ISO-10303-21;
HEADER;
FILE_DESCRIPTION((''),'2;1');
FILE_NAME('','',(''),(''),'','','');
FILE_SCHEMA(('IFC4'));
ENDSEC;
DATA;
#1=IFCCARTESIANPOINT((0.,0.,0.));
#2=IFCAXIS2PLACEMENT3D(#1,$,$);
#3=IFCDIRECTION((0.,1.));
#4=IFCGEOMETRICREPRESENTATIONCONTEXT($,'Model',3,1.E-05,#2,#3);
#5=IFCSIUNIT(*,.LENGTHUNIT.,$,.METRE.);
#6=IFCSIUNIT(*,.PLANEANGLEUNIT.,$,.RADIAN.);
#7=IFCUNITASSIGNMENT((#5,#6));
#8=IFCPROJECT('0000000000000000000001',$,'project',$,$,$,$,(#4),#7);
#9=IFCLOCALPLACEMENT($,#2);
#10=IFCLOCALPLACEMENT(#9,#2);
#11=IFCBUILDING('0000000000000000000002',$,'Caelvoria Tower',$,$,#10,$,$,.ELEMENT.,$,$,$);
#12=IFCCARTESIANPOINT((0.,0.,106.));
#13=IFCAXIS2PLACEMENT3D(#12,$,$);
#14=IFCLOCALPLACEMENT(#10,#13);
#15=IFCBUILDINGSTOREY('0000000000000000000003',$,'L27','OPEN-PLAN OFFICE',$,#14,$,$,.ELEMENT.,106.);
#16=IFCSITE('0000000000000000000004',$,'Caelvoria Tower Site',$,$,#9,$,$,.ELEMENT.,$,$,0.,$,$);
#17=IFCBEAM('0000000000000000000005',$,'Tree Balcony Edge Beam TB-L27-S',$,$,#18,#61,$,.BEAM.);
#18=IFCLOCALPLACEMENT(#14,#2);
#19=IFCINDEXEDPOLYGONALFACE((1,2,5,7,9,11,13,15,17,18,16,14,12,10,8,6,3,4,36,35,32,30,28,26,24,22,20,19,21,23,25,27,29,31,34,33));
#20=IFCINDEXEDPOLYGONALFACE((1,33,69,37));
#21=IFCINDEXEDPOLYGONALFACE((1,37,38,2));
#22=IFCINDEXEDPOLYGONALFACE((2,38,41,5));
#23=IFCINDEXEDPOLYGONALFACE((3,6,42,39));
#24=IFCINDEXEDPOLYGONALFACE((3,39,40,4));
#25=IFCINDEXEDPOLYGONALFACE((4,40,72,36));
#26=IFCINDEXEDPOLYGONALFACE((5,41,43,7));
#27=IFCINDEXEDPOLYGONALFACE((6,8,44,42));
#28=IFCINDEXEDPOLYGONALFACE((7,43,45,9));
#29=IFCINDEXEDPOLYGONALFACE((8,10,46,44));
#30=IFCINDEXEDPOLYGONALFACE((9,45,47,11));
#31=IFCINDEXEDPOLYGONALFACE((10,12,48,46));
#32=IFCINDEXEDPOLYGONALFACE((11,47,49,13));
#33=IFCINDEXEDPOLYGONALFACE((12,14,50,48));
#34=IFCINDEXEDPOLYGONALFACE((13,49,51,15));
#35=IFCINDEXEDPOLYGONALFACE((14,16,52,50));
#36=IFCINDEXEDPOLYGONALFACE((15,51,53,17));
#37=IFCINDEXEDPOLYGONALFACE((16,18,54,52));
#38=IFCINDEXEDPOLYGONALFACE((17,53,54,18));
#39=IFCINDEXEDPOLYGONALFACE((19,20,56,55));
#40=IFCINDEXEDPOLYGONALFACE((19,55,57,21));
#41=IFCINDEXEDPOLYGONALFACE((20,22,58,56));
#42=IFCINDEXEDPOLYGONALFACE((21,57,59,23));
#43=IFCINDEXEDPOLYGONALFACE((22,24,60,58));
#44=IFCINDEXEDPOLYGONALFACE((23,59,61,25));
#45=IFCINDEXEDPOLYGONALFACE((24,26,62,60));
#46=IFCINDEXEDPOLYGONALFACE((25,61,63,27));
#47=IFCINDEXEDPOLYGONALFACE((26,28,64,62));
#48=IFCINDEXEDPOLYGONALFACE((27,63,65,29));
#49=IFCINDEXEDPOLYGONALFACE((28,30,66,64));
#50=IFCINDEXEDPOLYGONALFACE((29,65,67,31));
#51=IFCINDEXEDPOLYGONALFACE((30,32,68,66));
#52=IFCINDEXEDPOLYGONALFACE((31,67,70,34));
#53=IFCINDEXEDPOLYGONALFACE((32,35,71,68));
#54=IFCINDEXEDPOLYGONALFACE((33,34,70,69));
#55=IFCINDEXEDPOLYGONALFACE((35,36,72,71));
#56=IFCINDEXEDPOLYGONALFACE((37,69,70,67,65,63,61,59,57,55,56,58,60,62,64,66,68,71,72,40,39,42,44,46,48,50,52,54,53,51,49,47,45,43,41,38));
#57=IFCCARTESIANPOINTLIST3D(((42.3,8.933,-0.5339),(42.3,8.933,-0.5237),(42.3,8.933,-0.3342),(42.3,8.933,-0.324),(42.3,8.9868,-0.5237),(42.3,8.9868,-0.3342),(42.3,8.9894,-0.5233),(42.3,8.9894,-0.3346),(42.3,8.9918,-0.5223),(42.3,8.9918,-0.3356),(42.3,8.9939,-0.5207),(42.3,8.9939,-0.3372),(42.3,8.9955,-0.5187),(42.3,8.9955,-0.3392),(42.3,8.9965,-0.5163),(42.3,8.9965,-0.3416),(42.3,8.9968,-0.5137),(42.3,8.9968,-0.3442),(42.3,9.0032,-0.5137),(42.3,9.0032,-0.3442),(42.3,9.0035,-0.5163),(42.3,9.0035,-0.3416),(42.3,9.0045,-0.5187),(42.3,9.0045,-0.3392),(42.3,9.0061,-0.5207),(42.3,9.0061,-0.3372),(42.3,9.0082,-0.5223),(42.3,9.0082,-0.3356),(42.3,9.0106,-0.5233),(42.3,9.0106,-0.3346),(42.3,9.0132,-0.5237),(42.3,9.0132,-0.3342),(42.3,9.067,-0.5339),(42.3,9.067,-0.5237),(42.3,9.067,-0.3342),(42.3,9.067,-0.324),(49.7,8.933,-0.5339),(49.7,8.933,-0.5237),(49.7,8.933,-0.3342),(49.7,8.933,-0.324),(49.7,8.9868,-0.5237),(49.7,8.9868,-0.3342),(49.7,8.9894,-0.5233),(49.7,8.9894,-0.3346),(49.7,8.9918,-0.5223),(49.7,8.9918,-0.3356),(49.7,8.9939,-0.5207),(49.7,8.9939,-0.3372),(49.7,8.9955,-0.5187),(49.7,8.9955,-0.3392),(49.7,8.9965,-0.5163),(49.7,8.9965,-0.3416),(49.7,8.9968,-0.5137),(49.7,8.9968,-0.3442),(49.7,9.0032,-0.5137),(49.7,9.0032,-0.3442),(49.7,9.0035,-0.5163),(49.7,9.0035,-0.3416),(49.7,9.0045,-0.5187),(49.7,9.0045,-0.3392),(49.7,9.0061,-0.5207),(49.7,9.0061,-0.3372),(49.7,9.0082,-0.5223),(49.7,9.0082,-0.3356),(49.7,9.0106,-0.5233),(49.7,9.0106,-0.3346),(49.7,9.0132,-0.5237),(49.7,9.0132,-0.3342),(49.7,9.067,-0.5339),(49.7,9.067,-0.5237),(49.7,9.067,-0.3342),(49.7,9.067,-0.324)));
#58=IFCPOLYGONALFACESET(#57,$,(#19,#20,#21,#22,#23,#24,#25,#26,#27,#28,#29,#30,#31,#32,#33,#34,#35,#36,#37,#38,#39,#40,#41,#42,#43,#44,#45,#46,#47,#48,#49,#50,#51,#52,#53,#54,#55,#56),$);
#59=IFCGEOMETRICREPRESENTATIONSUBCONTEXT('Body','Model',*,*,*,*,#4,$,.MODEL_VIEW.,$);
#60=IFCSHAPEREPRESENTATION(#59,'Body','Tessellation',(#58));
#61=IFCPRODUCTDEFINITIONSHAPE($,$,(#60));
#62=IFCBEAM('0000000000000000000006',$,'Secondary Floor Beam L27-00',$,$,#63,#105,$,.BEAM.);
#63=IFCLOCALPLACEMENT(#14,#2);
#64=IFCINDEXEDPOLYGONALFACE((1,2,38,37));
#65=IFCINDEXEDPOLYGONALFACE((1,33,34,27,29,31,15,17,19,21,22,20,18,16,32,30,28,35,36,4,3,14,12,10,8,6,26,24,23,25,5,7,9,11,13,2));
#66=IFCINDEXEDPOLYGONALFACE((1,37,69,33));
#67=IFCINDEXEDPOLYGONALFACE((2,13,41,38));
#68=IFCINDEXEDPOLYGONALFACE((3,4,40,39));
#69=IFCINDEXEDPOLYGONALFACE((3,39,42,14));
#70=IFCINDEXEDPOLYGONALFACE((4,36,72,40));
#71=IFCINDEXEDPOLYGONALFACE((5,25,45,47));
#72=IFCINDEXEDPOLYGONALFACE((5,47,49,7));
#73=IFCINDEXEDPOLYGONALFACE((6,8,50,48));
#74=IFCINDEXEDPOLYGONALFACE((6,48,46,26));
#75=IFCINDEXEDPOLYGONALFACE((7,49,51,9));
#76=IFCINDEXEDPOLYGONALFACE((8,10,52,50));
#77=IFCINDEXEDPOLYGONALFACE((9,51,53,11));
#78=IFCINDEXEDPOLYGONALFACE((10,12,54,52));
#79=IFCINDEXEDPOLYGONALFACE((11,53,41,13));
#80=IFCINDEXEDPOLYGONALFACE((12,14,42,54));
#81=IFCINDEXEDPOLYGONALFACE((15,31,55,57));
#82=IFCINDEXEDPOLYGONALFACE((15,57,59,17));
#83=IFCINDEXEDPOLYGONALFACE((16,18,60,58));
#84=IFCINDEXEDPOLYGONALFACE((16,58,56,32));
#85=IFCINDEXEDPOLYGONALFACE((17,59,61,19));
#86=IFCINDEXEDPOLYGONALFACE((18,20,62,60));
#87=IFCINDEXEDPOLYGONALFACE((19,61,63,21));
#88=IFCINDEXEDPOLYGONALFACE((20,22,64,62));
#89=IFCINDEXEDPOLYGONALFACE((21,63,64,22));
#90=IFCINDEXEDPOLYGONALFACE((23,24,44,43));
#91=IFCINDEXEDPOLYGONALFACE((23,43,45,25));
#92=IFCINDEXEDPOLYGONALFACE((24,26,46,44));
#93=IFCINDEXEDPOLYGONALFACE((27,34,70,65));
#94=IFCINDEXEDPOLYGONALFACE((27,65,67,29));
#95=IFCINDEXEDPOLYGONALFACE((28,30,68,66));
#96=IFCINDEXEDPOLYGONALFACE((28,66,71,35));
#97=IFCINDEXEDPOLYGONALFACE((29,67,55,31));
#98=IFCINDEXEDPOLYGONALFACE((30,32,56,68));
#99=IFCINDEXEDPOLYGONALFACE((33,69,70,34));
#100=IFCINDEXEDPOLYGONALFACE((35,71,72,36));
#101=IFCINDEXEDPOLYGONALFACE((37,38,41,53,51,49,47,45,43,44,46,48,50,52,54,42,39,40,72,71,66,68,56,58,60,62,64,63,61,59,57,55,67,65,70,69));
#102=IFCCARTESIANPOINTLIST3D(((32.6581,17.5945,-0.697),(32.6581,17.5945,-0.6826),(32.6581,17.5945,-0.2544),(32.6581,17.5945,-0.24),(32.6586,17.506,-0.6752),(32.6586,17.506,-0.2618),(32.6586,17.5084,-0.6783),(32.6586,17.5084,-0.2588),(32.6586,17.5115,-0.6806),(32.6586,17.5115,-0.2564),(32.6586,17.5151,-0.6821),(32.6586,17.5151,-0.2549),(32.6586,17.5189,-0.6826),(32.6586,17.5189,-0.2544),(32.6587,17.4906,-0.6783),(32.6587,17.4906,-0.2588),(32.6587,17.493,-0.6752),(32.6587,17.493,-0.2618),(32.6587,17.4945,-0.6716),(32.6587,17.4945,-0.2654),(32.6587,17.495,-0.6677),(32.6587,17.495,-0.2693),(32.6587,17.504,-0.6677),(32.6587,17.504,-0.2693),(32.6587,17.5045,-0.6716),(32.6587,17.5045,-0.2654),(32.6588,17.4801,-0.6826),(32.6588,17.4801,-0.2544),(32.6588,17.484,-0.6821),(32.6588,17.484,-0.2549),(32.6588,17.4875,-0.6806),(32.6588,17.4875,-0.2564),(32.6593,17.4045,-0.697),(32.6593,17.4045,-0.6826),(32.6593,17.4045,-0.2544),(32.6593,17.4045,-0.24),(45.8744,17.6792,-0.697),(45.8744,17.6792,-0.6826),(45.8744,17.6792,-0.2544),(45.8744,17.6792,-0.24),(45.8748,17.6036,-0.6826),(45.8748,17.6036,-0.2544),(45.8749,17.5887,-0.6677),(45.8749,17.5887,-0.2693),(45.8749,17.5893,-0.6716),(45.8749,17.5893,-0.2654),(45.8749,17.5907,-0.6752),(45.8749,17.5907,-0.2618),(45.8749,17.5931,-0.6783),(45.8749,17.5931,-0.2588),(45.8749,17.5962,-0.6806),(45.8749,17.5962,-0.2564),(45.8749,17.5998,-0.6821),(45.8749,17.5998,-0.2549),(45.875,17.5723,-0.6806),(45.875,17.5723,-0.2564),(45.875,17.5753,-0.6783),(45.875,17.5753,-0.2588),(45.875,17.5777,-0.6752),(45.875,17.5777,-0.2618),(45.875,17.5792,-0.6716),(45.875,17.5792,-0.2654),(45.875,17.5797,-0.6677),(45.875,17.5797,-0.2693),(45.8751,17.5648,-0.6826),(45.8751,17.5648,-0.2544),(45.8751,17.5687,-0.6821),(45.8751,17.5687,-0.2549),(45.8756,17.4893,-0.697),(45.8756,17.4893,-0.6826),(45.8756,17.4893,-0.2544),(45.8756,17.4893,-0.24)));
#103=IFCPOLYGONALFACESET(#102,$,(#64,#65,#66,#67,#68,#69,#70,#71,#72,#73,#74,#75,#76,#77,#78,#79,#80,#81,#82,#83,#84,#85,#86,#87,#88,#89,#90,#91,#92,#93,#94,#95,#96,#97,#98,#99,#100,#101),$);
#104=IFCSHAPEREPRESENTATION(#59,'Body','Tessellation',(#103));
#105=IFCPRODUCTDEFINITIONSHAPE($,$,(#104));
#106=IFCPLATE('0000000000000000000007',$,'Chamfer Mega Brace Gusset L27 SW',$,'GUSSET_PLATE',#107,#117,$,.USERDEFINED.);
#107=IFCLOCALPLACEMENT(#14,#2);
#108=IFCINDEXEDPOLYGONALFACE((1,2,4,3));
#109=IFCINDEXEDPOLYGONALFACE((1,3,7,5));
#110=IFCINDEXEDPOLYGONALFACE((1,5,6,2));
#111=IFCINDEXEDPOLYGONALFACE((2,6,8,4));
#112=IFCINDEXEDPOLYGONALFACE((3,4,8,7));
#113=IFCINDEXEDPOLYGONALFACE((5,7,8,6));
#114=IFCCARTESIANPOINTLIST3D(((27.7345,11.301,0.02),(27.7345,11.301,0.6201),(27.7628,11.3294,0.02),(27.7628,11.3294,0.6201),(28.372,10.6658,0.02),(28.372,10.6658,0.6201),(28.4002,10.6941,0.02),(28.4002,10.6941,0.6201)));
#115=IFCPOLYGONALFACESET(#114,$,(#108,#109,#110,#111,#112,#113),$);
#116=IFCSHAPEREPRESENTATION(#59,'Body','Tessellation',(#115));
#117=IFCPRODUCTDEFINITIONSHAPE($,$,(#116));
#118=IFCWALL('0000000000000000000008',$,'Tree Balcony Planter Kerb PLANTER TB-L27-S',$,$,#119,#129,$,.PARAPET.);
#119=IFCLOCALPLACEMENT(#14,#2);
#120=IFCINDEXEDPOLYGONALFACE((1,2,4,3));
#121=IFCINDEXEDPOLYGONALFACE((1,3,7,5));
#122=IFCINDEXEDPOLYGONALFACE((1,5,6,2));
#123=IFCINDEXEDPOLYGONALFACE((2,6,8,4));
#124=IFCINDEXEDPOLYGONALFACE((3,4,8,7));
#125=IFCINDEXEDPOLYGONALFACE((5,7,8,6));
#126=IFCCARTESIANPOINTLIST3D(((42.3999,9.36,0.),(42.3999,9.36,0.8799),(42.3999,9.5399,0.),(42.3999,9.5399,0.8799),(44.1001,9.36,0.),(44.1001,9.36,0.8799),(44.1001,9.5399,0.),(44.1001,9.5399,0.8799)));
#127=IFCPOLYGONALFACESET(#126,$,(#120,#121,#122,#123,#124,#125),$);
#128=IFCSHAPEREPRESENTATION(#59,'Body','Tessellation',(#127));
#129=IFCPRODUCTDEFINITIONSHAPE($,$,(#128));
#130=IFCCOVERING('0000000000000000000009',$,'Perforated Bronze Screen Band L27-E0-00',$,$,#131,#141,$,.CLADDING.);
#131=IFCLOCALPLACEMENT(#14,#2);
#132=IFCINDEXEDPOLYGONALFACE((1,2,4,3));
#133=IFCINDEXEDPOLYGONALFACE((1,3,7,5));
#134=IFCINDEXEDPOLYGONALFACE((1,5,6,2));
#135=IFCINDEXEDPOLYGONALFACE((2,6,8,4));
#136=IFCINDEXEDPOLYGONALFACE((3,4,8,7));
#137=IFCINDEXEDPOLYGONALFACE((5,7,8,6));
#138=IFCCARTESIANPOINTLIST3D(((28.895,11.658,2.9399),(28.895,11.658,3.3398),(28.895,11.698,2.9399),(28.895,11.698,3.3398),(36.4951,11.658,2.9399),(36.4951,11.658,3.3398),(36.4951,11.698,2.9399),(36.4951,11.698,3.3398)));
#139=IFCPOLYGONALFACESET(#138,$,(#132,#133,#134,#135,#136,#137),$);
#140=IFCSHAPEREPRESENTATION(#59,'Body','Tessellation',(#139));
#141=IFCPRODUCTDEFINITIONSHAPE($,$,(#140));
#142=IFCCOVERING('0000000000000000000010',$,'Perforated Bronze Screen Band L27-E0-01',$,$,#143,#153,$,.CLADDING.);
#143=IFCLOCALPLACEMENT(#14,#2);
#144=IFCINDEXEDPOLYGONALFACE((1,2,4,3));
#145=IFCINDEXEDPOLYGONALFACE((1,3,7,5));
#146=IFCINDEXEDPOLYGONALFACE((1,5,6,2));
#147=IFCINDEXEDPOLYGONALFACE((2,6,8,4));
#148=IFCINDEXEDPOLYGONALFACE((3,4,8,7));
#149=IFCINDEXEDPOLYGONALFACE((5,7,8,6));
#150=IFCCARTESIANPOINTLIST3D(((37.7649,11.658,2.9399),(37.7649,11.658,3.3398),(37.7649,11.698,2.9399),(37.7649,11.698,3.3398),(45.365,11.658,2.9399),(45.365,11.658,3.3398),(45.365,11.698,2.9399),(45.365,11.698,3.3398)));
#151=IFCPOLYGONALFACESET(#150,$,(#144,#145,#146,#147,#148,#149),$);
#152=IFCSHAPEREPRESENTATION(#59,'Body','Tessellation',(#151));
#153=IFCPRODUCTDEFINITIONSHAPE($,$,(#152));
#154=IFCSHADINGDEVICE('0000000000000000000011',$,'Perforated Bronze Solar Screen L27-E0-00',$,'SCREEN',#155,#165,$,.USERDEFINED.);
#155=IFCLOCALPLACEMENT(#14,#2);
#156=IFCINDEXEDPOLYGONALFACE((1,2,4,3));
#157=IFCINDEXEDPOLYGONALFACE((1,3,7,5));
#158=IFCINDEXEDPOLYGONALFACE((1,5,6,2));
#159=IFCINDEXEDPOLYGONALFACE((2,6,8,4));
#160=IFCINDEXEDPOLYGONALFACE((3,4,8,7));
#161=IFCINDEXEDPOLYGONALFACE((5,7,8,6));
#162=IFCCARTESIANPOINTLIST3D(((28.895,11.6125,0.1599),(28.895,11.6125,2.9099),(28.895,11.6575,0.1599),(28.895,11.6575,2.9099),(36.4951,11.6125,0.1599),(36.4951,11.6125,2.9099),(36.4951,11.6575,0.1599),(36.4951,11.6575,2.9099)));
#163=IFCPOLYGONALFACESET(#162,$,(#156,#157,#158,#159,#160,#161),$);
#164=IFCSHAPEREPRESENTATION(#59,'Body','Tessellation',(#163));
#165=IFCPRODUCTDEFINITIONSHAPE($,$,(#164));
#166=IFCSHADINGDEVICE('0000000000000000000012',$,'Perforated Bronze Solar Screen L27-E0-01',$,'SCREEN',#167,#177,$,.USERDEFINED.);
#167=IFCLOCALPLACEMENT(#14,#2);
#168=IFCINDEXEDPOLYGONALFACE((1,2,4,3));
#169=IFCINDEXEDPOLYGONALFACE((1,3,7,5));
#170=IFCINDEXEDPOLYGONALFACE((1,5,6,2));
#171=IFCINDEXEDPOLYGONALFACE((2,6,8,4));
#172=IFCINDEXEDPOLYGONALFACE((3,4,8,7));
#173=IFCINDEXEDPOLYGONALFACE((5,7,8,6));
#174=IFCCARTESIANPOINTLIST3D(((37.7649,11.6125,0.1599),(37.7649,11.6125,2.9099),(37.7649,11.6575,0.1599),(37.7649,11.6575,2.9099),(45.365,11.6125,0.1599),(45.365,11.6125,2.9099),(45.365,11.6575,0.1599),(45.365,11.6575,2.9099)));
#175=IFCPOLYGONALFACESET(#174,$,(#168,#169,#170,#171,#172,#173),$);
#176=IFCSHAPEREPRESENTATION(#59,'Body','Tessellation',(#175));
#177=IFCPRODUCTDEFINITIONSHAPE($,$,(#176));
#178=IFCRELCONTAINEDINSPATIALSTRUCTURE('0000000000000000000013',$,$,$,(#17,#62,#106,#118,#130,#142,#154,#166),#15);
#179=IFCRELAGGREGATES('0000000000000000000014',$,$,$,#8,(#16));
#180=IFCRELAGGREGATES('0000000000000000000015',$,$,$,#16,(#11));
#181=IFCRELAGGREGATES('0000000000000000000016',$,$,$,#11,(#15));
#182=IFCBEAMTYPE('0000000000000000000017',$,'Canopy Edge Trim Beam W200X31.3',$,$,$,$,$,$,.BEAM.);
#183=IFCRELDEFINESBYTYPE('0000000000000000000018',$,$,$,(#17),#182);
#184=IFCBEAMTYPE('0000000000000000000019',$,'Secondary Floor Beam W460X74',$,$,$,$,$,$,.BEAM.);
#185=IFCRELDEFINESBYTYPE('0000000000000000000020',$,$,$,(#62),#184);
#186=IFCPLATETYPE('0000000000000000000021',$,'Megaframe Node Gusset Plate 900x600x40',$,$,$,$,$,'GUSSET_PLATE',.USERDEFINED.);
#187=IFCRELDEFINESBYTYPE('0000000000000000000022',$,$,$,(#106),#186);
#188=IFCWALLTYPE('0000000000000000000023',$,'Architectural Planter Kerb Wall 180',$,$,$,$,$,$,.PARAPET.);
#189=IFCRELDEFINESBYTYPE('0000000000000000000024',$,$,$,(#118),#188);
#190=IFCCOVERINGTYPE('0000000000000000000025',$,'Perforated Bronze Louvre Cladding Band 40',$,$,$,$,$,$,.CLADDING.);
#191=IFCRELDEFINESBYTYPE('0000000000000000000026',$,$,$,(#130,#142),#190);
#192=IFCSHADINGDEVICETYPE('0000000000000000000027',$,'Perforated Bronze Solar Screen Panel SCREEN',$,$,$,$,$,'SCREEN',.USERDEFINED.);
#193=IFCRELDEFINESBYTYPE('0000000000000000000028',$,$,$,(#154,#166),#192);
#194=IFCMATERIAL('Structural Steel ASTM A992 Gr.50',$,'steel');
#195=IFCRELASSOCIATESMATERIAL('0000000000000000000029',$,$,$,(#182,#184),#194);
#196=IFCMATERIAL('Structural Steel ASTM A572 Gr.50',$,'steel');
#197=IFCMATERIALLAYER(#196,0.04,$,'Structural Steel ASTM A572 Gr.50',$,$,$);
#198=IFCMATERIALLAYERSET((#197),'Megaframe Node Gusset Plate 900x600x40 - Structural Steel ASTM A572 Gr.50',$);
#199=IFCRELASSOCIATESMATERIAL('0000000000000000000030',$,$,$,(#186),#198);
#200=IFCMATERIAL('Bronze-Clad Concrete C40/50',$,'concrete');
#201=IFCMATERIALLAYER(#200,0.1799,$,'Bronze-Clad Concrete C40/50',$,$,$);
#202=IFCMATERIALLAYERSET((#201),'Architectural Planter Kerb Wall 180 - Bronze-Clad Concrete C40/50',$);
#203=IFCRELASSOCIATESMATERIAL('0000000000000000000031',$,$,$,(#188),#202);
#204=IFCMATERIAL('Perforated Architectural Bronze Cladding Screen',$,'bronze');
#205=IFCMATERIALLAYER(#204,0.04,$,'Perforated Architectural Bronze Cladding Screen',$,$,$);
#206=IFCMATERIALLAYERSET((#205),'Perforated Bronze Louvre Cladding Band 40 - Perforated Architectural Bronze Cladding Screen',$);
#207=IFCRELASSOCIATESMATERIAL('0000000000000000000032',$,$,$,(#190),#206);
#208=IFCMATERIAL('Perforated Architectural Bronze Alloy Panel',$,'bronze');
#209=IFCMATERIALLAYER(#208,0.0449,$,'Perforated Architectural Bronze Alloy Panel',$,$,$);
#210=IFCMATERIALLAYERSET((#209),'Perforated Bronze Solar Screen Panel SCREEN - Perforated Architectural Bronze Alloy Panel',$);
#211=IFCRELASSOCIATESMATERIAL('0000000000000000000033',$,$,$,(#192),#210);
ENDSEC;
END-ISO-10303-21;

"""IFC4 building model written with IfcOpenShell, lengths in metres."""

from ifc_helpers import new_model, si_unit, direction, frame, frame_2d, origin, origin_2d, place, context, subcontext, project, spatial, rectangle, i_section, extrude, material, layer, layer_set, material_profile, profile_set, type_object, element, save


model = new_model("IFC4")

# Units and contexts
model_context = context("Model", 3, precision=1e-05, world=origin(), true_north=direction((0.0, 1.0)))
body_context = subcontext(model_context, "Body", "Model", "MODEL_VIEW")
ifc_project = project(units=[si_unit("LENGTHUNIT", "METRE"), si_unit("PLANEANGLEUNIT", "RADIAN")], contexts=[model_context])

# Site, building, storey
site_placement = place(None, origin())
site = spatial("IfcSite", under=ifc_project, at=site_placement, Name="Caelvoria Tower Site", CompositionType="ELEMENT", RefElevation=0.0)
building_placement = place(site_placement, origin())
building = spatial("IfcBuilding", under=site, at=building_placement, Name="Caelvoria Tower", CompositionType="ELEMENT")
storey_placement = place(building_placement, frame((0.0, 0.0, 106.0)))
storey = spatial("IfcBuildingStorey", under=building, at=storey_placement, Name="L27", Description="OPEN-PLAN OFFICE", CompositionType="ELEMENT", Elevation=106.0)

# Beams
ifc_material_1 = material(Name="Structural Steel ASTM A992 Gr.50", Category="steel")
ifc_material_profile_1 = material_profile(ifc_material_1, i_section(OverallWidth=0.134, OverallDepth=0.21, WebThickness=0.0063, FlangeThickness=0.0103, FilletRadius=0.01, at=origin_2d()), Name="Structural Steel ASTM A992 Gr.50")
ifc_profile_set_1 = profile_set([ifc_material_profile_1], Name="W200X31.3 - Structural Steel ASTM A992 Gr.50")
beam_type_1 = type_object("IfcBeamType", Name="Canopy Edge Trim Beam W200X31.3", PredefinedType="BEAM", material=ifc_profile_set_1)
beam_1_placement = place(storey_placement, frame((42.3, 9.0, -0.429), z_axis=(1.0, 0.0, 0.0), x_axis=(0.0, 1.0, 0.0)))
element("IfcBeam", 1, at=beam_1_placement, inside=storey, type_object=beam_type_1, Name="Tree Balcony Edge Beam TB-L27-S", PredefinedType="BEAM", context=body_context, shape_type="SweptSolid", body=[
    extrude(i_section(OverallWidth=0.134, OverallDepth=0.21, WebThickness=0.0063, FlangeThickness=0.0103, FilletRadius=0.01, at=origin_2d()), origin(), (0.0, 0.0, 1.0), 7.3999),
])
ifc_material_profile_2 = material_profile(ifc_material_1, i_section(OverallWidth=0.1899, OverallDepth=0.457, WebThickness=0.009, FlangeThickness=0.0144, FilletRadius=0.0149, at=origin_2d()), Name="Structural Steel ASTM A992 Gr.50")
ifc_profile_set_2 = profile_set([ifc_material_profile_2], Name="W460X74 - Structural Steel ASTM A992 Gr.50")
beam_type_2 = type_object("IfcBeamType", Name="Secondary Floor Beam W460X74", PredefinedType="BEAM", material=ifc_profile_set_2)
beam_2_placement = place(storey_placement, frame((32.6587, 17.4995, -0.4685), z_axis=(0.999979, 0.00641, 0.0), x_axis=(-0.00641, 0.999979, 0.0)))
element("IfcBeam", 2, at=beam_2_placement, inside=storey, type_object=beam_type_2, Name="Secondary Floor Beam L27-00", PredefinedType="BEAM", context=body_context, shape_type="SweptSolid", body=[
    extrude(i_section(OverallWidth=0.1899, OverallDepth=0.457, WebThickness=0.009, FlangeThickness=0.0144, FilletRadius=0.0149, at=origin_2d()), origin(), (0.0, 0.0, 1.0), 13.2166),
])

# Plate
ifc_material_2 = material(Name="Structural Steel ASTM A572 Gr.50", Category="steel")
ifc_layer_1 = layer(ifc_material_2, 0.04, Name="Structural Steel ASTM A572 Gr.50")
ifc_layer_set_1 = layer_set([ifc_layer_1], Name="Megaframe Node Gusset Plate 900x600x40 - Structural Steel ASTM A572 Gr.50")
plate_type = type_object("IfcPlateType", Name="Megaframe Node Gusset Plate 900x600x40", ElementType="GUSSET_PLATE", PredefinedType="USERDEFINED", material=ifc_layer_set_1)
plate_placement = place(storey_placement, frame((28.0674, 10.9976, 0.02), z_axis=(0.0, 0.0, 1.0), x_axis=(-0.708308, 0.705904, 0.0)))
element("IfcPlate", 3, at=plate_placement, inside=storey, type_object=plate_type, Name="Chamfer Mega Brace Gusset L27 SW", ObjectType="GUSSET_PLATE", PredefinedType="USERDEFINED", context=body_context, shape_type="SweptSolid", body=[
    extrude(rectangle(XDim=0.8999, YDim=0.04, at=origin_2d()), origin(), (0.0, 0.0, 1.0), 0.6001),
])

# Wall
ifc_material_3 = material(Name="Bronze-Clad Concrete C40/50", Category="concrete")
ifc_layer_2 = layer(ifc_material_3, 0.1799, Name="Bronze-Clad Concrete C40/50")
ifc_layer_set_2 = layer_set([ifc_layer_2], Name="Architectural Planter Kerb Wall 180 - Bronze-Clad Concrete C40/50")
wall_type = type_object("IfcWallType", Name="Architectural Planter Kerb Wall 180", PredefinedType="PARAPET", material=ifc_layer_set_2)
wall_placement = place(storey_placement, frame((42.3999, 9.45, 0.0), z_axis=(0.0, 0.0, 1.0), x_axis=(1.0, 0.0, 0.0)))
element("IfcWall", 4, at=wall_placement, inside=storey, type_object=wall_type, Name="Tree Balcony Planter Kerb PLANTER TB-L27-S", PredefinedType="PARAPET", context=body_context, shape_type="SweptSolid", body=[
    extrude(rectangle(XDim=1.7002, YDim=0.1799, at=frame_2d((0.8501, 0.0))), origin(), (0.0, 0.0, 1.0), 0.8799),
])

# Coverings
ifc_material_4 = material(Name="Perforated Architectural Bronze Cladding Screen", Category="bronze")
ifc_layer_3 = layer(ifc_material_4, 0.04, Name="Perforated Architectural Bronze Cladding Screen")
ifc_layer_set_3 = layer_set([ifc_layer_3], Name="Perforated Bronze Louvre Cladding Band 40 - Perforated Architectural Bronze Cladding Screen")
covering_type = type_object("IfcCoveringType", Name="Perforated Bronze Louvre Cladding Band 40", PredefinedType="CLADDING", material=ifc_layer_set_3)
for number, where, z_axis, x_axis, name in (
    (5, (32.6951, 11.678, 2.9399), (0.0, 0.0, 1.0), (1.0, 0.0, 0.0), "Perforated Bronze Screen Band L27-E0-00"),
    (6, (41.5649, 11.678, 2.9399), (0.0, 0.0, 1.0), (1.0, 0.0, 0.0), "Perforated Bronze Screen Band L27-E0-01"),
):
    element("IfcCovering", number, at=place(storey_placement, frame(where, z_axis=z_axis, x_axis=x_axis)), inside=storey, type_object=covering_type, Name=name, PredefinedType="CLADDING", context=body_context, shape_type="SweptSolid", body=[
        extrude(rectangle(XDim=7.6001, YDim=0.04, at=origin_2d()), origin(), (0.0, 0.0, 1.0), 0.3999),
    ])

# Shading devices
ifc_material_5 = material(Name="Perforated Architectural Bronze Alloy Panel", Category="bronze")
ifc_layer_4 = layer(ifc_material_5, 0.0449, Name="Perforated Architectural Bronze Alloy Panel")
ifc_layer_set_4 = layer_set([ifc_layer_4], Name="Perforated Bronze Solar Screen Panel SCREEN - Perforated Architectural Bronze Alloy Panel")
shading_device_type = type_object("IfcShadingDeviceType", Name="Perforated Bronze Solar Screen Panel SCREEN", ElementType="SCREEN", PredefinedType="USERDEFINED", material=ifc_layer_set_4)
for number, where, z_axis, x_axis, name in (
    (7, (32.6951, 11.635, 0.1599), (0.0, 0.0, 1.0), (1.0, 0.0, 0.0), "Perforated Bronze Solar Screen L27-E0-00"),
    (8, (41.5649, 11.635, 0.1599), (0.0, 0.0, 1.0), (1.0, 0.0, 0.0), "Perforated Bronze Solar Screen L27-E0-01"),
):
    element("IfcShadingDevice", number, at=place(storey_placement, frame(where, z_axis=z_axis, x_axis=x_axis)), inside=storey, type_object=shading_device_type, Name=name, ObjectType="SCREEN", PredefinedType="USERDEFINED", context=body_context, shape_type="SweptSolid", body=[
        extrude(rectangle(XDim=7.6001, YDim=0.0449, at=origin_2d()), origin(), (0.0, 0.0, 1.0), 2.75),
    ])

save(model, "model.ifc")
